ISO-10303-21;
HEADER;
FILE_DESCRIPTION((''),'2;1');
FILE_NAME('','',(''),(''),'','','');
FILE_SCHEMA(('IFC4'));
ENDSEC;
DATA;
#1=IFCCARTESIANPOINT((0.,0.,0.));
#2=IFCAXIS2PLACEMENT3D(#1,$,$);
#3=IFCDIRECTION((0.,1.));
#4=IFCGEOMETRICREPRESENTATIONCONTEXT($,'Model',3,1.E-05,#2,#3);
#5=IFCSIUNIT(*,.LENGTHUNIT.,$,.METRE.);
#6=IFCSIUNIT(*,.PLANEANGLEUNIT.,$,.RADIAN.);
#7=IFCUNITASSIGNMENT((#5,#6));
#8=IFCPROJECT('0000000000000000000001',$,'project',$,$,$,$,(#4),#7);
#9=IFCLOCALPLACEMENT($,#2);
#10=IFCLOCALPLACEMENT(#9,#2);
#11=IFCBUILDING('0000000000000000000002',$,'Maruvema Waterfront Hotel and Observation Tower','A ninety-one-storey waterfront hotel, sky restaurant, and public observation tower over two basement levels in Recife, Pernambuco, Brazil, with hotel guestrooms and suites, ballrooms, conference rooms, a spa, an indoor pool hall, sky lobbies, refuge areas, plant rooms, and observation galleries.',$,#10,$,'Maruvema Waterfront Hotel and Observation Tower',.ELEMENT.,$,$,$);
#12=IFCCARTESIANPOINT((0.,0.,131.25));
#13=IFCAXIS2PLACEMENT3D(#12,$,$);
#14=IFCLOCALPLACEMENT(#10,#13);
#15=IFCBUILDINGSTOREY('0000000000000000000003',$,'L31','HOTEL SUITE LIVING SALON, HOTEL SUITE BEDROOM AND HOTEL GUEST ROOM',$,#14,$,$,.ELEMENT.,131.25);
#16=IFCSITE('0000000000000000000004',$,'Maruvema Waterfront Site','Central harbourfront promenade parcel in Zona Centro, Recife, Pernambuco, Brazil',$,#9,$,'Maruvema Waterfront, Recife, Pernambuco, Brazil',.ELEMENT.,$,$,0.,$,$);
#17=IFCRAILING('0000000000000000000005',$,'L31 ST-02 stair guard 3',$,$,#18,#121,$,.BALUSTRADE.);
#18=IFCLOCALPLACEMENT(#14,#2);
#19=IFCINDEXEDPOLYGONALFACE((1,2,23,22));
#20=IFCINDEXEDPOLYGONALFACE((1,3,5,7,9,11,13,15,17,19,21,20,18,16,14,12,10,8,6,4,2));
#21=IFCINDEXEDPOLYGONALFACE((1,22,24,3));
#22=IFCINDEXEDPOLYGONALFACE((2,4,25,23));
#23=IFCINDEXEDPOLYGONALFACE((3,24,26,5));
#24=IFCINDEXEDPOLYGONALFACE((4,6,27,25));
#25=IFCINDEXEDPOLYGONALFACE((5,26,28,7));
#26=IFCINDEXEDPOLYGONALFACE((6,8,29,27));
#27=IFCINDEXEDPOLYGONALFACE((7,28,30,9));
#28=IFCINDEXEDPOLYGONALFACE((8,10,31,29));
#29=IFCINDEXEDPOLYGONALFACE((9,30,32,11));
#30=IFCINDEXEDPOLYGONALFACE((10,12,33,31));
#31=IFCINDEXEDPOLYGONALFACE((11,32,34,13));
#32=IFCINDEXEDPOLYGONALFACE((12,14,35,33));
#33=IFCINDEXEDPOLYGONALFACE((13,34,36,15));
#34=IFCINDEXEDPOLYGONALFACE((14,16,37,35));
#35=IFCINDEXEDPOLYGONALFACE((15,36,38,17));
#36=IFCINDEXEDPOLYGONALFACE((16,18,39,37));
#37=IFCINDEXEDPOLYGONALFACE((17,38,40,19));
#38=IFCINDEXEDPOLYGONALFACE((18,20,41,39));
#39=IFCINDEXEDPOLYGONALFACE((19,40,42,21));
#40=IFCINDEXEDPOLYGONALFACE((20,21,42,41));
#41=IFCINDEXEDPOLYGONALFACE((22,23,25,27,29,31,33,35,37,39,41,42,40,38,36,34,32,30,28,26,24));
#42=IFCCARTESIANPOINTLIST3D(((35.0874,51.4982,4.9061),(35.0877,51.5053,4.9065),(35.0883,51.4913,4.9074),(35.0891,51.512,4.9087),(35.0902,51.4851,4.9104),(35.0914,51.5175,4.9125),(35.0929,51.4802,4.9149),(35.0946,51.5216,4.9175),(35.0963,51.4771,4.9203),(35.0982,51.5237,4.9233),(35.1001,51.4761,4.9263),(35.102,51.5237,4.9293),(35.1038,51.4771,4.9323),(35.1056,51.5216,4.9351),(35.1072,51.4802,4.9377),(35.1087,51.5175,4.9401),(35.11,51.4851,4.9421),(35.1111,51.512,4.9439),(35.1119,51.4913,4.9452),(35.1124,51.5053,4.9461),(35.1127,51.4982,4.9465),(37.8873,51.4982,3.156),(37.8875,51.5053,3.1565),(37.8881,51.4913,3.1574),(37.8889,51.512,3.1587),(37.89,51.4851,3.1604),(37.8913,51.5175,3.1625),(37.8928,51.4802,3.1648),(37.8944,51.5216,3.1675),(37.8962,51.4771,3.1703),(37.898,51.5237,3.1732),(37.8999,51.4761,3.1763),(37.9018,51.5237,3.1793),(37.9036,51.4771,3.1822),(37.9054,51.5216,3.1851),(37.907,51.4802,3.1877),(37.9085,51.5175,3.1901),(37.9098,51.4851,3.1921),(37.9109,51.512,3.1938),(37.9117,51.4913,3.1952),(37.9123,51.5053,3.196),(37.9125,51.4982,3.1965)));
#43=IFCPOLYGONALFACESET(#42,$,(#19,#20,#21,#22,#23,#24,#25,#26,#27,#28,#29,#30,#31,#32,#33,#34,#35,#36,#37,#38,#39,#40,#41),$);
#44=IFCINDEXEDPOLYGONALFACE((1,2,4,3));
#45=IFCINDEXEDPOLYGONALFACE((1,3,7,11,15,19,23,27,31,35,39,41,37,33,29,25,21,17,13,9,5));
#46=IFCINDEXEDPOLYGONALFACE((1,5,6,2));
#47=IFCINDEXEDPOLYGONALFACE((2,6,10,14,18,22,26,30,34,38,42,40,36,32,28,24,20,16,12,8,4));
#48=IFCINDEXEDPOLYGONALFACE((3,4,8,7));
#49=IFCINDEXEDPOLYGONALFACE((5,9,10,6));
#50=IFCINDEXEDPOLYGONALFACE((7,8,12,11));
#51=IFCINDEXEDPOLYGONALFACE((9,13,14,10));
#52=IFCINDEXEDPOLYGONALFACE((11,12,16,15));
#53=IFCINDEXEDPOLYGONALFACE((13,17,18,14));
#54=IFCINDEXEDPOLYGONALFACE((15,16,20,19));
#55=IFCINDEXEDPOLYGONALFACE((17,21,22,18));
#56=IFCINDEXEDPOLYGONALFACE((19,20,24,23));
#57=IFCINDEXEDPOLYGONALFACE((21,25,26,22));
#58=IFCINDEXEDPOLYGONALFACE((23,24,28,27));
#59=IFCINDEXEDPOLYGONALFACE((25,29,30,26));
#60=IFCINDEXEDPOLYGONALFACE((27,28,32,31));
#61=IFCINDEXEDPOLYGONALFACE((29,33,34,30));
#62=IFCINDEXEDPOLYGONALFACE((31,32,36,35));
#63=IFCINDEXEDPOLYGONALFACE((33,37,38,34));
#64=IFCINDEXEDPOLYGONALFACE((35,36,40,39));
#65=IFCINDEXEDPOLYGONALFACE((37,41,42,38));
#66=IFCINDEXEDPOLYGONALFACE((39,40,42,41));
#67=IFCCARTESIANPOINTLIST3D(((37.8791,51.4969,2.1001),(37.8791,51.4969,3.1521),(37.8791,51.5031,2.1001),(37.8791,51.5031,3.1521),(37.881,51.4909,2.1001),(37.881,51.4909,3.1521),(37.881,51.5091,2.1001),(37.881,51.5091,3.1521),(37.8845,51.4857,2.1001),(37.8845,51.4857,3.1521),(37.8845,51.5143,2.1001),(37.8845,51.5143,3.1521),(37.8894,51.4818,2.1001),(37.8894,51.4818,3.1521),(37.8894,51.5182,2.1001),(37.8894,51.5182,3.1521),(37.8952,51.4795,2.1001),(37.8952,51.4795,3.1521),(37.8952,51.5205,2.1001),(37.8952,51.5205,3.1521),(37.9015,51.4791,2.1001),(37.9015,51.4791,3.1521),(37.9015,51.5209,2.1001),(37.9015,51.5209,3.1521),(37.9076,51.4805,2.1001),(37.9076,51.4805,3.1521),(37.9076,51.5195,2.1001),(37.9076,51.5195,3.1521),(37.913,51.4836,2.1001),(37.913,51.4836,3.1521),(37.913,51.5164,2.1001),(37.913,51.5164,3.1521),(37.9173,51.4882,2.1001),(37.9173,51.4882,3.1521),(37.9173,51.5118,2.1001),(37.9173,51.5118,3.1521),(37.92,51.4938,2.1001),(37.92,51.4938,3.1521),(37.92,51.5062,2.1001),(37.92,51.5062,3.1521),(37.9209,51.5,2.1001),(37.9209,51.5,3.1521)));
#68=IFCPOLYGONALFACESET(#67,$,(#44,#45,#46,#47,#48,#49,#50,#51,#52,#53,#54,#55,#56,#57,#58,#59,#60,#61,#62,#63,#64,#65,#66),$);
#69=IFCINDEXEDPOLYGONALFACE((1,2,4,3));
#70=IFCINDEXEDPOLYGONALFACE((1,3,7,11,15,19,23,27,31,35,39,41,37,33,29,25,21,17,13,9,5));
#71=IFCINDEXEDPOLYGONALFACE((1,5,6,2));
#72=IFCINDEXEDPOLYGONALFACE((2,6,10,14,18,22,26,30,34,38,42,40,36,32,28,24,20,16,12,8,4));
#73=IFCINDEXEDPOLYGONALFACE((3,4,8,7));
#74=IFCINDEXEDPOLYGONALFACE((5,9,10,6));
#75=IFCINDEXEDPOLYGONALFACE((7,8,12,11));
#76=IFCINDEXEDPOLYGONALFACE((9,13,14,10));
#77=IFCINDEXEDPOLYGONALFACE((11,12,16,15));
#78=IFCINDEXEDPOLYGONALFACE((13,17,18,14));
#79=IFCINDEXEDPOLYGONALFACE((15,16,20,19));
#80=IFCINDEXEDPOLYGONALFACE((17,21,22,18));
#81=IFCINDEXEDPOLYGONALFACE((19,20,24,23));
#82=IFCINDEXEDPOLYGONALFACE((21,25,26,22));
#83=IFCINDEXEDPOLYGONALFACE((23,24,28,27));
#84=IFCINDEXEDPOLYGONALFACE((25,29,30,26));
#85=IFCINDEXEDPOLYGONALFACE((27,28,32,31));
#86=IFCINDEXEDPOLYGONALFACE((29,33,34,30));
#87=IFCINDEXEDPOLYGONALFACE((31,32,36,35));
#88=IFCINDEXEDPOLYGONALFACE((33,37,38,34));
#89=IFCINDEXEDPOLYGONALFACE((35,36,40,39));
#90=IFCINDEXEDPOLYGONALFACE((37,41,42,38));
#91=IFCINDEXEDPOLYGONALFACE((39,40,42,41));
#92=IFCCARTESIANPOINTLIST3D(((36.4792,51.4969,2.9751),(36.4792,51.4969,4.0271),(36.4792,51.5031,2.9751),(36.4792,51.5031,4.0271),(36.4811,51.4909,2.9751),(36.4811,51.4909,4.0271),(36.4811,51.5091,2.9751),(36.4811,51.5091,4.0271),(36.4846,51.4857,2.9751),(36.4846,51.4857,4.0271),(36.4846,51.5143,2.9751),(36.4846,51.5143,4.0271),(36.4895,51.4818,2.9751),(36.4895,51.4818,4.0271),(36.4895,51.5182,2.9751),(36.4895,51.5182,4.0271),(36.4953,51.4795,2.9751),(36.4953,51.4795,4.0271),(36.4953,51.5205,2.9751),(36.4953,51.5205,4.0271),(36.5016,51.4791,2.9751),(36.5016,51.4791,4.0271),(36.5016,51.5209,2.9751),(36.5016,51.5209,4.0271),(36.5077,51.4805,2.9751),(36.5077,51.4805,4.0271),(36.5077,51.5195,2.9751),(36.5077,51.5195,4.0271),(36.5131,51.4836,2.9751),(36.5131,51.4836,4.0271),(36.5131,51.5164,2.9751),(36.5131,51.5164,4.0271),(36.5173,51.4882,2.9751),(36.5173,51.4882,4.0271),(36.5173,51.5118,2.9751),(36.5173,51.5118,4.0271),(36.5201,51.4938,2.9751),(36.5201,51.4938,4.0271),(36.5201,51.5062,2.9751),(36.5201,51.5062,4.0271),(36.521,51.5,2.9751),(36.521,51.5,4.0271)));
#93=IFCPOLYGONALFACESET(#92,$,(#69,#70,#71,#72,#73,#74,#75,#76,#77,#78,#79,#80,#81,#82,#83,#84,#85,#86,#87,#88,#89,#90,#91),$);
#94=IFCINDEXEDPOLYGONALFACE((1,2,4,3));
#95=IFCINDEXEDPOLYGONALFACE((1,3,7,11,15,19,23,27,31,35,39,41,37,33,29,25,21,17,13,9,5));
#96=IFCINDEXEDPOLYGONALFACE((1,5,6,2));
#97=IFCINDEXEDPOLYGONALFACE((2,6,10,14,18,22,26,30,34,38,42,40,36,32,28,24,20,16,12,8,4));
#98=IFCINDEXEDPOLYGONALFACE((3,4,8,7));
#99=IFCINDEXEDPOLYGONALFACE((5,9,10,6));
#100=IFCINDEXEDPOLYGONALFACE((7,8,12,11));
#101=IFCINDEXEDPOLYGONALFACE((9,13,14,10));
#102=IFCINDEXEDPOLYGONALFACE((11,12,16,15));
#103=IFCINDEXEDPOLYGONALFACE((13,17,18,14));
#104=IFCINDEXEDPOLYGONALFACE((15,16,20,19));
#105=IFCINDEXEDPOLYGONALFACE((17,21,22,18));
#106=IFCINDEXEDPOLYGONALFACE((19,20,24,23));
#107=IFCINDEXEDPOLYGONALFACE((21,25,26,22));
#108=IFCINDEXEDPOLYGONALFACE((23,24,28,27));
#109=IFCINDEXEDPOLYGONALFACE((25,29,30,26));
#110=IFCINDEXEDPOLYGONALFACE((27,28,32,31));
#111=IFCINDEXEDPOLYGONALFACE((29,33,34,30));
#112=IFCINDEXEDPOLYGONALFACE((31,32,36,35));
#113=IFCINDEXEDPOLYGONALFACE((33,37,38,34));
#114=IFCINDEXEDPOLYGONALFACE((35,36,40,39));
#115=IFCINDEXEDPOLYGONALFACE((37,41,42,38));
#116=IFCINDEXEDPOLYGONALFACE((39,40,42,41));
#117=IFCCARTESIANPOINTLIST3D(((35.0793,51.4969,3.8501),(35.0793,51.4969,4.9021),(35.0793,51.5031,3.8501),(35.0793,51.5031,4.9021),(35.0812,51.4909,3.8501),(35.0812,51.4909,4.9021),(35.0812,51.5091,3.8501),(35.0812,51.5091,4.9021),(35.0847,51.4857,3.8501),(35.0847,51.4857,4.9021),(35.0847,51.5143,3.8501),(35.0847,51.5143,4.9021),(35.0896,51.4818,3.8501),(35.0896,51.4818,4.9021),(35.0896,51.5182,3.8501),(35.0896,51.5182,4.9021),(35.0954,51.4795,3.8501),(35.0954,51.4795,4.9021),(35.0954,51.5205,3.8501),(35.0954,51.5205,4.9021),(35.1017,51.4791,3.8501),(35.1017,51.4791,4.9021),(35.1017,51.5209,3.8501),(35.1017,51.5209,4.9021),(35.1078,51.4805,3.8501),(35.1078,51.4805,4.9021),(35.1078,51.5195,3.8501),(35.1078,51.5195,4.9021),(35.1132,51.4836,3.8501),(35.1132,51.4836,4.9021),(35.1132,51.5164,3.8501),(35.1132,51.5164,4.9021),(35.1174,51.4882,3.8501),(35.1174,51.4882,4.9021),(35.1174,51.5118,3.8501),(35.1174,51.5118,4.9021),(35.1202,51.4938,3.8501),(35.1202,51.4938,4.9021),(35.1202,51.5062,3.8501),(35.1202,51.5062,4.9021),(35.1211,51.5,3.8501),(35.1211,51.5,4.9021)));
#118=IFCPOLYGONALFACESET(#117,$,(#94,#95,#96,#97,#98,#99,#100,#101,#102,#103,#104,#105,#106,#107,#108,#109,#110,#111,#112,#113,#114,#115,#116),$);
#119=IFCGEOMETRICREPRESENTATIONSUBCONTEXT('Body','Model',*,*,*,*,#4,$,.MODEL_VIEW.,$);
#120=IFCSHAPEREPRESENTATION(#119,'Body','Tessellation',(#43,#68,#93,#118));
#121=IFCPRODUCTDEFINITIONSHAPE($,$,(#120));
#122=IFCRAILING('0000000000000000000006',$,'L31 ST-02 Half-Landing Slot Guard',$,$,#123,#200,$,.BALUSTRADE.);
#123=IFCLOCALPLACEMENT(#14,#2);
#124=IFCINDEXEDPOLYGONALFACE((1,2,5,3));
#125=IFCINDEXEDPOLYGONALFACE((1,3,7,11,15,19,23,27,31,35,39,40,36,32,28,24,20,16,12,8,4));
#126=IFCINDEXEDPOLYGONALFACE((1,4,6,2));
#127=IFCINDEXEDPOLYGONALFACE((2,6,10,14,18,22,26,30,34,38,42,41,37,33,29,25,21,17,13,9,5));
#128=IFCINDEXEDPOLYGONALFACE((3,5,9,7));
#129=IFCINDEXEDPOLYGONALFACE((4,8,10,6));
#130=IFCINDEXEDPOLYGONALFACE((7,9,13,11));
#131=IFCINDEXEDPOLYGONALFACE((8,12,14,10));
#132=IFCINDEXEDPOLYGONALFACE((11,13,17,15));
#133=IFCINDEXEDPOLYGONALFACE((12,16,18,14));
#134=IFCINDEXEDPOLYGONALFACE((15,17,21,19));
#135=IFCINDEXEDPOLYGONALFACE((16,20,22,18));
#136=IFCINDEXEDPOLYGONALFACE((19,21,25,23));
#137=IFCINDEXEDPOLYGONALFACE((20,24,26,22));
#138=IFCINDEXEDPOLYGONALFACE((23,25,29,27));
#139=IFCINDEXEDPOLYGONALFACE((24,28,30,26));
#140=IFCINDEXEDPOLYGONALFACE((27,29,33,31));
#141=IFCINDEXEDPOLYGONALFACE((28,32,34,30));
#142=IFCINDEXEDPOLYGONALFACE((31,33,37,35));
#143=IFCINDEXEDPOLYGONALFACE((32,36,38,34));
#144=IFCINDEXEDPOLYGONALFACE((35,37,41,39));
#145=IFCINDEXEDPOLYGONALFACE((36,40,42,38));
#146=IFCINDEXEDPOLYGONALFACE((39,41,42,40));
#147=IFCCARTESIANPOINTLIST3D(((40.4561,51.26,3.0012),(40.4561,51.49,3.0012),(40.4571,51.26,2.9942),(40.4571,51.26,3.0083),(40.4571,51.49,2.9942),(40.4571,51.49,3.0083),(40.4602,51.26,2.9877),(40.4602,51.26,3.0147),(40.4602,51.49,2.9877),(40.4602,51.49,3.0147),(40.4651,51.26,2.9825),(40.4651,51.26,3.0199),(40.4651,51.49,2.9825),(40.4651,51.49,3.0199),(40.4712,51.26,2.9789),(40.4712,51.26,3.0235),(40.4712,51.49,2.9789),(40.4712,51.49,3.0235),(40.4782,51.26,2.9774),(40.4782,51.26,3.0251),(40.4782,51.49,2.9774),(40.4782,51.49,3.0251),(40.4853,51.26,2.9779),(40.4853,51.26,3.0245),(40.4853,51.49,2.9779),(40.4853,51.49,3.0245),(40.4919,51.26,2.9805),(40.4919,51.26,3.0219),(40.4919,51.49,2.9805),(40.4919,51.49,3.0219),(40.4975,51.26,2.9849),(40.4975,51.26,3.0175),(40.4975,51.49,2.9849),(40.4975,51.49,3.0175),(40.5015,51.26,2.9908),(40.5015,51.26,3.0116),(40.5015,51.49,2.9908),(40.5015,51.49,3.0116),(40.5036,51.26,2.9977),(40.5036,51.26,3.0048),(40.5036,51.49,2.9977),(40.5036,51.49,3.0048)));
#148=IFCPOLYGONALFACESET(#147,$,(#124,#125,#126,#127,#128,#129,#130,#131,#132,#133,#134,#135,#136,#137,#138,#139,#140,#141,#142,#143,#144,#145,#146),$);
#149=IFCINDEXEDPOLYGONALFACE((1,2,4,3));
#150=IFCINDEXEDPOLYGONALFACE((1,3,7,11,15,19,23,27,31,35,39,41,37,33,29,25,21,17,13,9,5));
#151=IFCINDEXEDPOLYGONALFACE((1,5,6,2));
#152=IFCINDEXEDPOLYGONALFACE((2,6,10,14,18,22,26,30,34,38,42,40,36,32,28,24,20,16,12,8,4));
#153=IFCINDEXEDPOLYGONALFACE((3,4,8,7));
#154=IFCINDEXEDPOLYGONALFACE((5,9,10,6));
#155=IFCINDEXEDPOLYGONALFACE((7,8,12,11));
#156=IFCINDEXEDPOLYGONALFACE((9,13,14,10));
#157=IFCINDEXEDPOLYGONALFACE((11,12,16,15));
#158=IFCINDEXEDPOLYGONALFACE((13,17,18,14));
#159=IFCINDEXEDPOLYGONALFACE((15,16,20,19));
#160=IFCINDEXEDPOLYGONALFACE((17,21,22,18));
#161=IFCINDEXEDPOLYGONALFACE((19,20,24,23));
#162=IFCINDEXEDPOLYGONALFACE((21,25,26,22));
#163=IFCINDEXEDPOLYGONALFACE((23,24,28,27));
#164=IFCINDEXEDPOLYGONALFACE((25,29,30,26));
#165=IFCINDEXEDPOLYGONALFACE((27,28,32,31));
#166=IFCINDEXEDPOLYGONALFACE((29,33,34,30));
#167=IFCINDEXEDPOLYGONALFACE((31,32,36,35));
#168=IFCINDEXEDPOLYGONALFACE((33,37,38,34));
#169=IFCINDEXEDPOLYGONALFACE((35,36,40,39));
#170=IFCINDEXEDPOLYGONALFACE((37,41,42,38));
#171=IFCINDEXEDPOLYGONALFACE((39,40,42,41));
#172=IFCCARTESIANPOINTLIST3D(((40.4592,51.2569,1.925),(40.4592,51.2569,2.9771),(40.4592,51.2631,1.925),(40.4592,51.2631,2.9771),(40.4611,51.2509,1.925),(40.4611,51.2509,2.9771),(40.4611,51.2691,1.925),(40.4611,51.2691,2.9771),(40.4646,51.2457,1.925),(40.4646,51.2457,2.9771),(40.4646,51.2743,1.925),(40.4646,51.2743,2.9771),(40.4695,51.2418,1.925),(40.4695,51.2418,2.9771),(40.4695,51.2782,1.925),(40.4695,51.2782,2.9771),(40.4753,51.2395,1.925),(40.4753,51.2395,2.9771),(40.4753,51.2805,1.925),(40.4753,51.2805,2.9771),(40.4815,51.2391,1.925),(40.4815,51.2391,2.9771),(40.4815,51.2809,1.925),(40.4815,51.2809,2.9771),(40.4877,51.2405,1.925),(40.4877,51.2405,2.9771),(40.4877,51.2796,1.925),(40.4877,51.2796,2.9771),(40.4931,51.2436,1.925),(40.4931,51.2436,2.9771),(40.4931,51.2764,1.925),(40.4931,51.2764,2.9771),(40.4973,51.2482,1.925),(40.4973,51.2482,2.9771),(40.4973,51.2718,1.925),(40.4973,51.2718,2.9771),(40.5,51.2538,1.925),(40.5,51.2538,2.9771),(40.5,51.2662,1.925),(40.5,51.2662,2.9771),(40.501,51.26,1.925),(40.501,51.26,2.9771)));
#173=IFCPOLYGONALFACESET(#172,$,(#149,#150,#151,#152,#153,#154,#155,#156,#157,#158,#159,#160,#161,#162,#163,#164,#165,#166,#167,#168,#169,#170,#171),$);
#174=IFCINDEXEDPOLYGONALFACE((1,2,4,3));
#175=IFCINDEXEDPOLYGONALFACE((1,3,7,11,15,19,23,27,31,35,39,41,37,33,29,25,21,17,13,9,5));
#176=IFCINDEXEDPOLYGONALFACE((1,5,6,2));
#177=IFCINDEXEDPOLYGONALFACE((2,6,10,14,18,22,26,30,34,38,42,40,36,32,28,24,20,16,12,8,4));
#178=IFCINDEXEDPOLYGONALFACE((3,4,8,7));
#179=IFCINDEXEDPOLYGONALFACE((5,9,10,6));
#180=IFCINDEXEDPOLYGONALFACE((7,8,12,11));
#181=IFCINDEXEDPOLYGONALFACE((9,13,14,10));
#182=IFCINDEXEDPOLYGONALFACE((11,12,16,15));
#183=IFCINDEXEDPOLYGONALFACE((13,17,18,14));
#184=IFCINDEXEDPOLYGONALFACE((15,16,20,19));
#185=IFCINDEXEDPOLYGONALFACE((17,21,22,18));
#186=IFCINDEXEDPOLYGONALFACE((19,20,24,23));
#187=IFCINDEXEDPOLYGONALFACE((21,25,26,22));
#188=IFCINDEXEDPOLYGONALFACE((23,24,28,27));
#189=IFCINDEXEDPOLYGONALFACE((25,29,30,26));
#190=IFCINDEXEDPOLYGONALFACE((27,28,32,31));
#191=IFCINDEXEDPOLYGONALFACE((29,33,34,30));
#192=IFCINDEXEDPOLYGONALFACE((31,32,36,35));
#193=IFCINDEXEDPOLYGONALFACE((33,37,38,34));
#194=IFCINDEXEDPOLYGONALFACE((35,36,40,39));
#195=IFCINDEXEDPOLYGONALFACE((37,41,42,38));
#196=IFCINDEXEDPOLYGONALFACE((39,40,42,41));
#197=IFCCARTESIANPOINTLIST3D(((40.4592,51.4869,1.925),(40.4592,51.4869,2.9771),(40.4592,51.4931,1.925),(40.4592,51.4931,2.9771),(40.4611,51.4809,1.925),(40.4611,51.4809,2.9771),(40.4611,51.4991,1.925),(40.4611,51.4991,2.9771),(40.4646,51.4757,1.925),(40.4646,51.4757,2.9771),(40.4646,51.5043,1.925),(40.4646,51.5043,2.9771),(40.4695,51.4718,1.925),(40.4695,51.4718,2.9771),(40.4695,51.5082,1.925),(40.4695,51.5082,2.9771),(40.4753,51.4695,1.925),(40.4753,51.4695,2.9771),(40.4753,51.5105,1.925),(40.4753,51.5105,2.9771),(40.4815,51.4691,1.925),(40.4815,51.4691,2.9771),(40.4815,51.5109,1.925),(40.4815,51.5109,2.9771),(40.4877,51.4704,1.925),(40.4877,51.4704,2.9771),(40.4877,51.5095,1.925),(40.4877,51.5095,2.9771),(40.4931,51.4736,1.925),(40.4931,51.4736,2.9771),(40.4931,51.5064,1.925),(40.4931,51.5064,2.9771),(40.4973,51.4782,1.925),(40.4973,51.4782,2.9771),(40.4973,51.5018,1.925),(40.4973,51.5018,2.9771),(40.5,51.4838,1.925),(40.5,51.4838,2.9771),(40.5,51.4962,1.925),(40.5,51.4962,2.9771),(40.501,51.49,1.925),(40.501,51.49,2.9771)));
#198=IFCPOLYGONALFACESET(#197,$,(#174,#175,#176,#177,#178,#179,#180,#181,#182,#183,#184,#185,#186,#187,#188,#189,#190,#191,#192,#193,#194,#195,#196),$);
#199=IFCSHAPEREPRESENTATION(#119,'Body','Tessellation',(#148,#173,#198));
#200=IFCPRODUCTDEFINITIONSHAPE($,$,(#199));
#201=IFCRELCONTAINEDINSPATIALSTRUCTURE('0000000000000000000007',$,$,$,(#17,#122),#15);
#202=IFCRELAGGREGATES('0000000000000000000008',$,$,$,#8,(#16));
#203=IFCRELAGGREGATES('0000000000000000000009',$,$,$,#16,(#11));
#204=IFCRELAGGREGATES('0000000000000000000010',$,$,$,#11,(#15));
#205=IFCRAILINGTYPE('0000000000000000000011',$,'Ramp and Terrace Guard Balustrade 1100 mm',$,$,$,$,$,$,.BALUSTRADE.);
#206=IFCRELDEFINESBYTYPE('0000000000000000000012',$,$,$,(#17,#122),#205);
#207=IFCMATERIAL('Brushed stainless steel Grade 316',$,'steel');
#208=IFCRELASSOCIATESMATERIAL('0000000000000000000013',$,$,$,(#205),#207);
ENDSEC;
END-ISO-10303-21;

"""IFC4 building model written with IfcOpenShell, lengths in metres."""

from ifc_helpers import new_model, si_unit, direction, frame, origin, origin_2d, place, context, subcontext, project, spatial, circle, extrude, material, type_object, element, save


model = new_model("IFC4")

# Units and contexts
model_context = context("Model", 3, precision=1e-05, world=origin(), true_north=direction((0.0, 1.0)))
body_context = subcontext(model_context, "Body", "Model", "MODEL_VIEW")
ifc_project = project(units=[si_unit("LENGTHUNIT", "METRE"), si_unit("PLANEANGLEUNIT", "RADIAN")], contexts=[model_context])

# Site, building, storey
site_placement = place(None, origin())
site = spatial("IfcSite", under=ifc_project, at=site_placement, Name="Maruvema Waterfront Site", Description="Central harbourfront promenade parcel in Zona Centro, Recife, Pernambuco, Brazil", LongName="Maruvema Waterfront, Recife, Pernambuco, Brazil", CompositionType="ELEMENT", RefElevation=0.0)
building_placement = place(site_placement, origin())
building = spatial("IfcBuilding", under=site, at=building_placement, Name="Maruvema Waterfront Hotel and Observation Tower", Description="A ninety-one-storey waterfront hotel, sky restaurant, and public observation tower over two basement levels in Recife, Pernambuco, Brazil, with hotel guestrooms and suites, ballrooms, conference rooms, a spa, an indoor pool hall, sky lobbies, refuge areas, plant rooms, and observation galleries.", LongName="Maruvema Waterfront Hotel and Observation Tower", CompositionType="ELEMENT")
storey_placement = place(building_placement, frame((0.0, 0.0, 131.25)))
storey = spatial("IfcBuildingStorey", under=building, at=storey_placement, Name="L31", Description="HOTEL SUITE LIVING SALON, HOTEL SUITE BEDROOM AND HOTEL GUEST ROOM", CompositionType="ELEMENT", Elevation=131.25)

# Railings
ifc_material_1 = material(Name="Brushed stainless steel Grade 316", Category="steel")
railing_type_1 = type_object("IfcRailingType", Name="Ramp and Terrace Guard Balustrade 1100 mm", PredefinedType="BALUSTRADE", material=ifc_material_1)
railing_1_placement = place(storey_placement, frame((37.8999, 51.5, 2.1001)))
element("IfcRailing", 1, at=railing_1_placement, inside=storey, type_object=railing_type_1, Name="L31 ST-02 stair guard 3", PredefinedType="BALUSTRADE", context=body_context, shape_type="SweptSolid", body=[
    extrude(circle(Radius=0.0239, at=origin_2d()), frame((0.0, 0.0, 1.0762), z_axis=(-0.847982, 0.0, 0.530026), x_axis=(0.0, -1.0, 0.0)), (0.0, 0.0, 1.0), 3.3018),
    extrude(circle(Radius=0.021, at=origin_2d()), origin(), (0.0, 0.0, 1.0), 1.052),
    extrude(circle(Radius=0.021, at=origin_2d()), frame((-1.3999, 0.0, 0.875)), (0.0, 0.0, 1.0), 1.052),
    extrude(circle(Radius=0.021, at=origin_2d()), frame((-2.7998, 0.0, 1.75)), (0.0, 0.0, 1.0), 1.052),
])
railing_2_placement = place(storey_placement, frame((40.48, 51.26, 1.925)))
element("IfcRailing", 2, at=railing_2_placement, inside=storey, type_object=railing_type_1, Name="L31 ST-02 Half-Landing Slot Guard", PredefinedType="BALUSTRADE", context=body_context, shape_type="SweptSolid", body=[
    extrude(circle(Radius=0.0239, at=origin_2d()), frame((0.0, 0.0, 1.0762), z_axis=(0.0, 1.0, 0.0), x_axis=(-1.0, 0.0, 0.0)), (0.0, 0.0, 1.0), 0.23),
    extrude(circle(Radius=0.021, at=origin_2d()), origin(), (0.0, 0.0, 1.0), 1.052),
    extrude(circle(Radius=0.021, at=origin_2d()), frame((0.0, 0.23, 0.0)), (0.0, 0.0, 1.0), 1.052),
])

save(model, "model.ifc")
